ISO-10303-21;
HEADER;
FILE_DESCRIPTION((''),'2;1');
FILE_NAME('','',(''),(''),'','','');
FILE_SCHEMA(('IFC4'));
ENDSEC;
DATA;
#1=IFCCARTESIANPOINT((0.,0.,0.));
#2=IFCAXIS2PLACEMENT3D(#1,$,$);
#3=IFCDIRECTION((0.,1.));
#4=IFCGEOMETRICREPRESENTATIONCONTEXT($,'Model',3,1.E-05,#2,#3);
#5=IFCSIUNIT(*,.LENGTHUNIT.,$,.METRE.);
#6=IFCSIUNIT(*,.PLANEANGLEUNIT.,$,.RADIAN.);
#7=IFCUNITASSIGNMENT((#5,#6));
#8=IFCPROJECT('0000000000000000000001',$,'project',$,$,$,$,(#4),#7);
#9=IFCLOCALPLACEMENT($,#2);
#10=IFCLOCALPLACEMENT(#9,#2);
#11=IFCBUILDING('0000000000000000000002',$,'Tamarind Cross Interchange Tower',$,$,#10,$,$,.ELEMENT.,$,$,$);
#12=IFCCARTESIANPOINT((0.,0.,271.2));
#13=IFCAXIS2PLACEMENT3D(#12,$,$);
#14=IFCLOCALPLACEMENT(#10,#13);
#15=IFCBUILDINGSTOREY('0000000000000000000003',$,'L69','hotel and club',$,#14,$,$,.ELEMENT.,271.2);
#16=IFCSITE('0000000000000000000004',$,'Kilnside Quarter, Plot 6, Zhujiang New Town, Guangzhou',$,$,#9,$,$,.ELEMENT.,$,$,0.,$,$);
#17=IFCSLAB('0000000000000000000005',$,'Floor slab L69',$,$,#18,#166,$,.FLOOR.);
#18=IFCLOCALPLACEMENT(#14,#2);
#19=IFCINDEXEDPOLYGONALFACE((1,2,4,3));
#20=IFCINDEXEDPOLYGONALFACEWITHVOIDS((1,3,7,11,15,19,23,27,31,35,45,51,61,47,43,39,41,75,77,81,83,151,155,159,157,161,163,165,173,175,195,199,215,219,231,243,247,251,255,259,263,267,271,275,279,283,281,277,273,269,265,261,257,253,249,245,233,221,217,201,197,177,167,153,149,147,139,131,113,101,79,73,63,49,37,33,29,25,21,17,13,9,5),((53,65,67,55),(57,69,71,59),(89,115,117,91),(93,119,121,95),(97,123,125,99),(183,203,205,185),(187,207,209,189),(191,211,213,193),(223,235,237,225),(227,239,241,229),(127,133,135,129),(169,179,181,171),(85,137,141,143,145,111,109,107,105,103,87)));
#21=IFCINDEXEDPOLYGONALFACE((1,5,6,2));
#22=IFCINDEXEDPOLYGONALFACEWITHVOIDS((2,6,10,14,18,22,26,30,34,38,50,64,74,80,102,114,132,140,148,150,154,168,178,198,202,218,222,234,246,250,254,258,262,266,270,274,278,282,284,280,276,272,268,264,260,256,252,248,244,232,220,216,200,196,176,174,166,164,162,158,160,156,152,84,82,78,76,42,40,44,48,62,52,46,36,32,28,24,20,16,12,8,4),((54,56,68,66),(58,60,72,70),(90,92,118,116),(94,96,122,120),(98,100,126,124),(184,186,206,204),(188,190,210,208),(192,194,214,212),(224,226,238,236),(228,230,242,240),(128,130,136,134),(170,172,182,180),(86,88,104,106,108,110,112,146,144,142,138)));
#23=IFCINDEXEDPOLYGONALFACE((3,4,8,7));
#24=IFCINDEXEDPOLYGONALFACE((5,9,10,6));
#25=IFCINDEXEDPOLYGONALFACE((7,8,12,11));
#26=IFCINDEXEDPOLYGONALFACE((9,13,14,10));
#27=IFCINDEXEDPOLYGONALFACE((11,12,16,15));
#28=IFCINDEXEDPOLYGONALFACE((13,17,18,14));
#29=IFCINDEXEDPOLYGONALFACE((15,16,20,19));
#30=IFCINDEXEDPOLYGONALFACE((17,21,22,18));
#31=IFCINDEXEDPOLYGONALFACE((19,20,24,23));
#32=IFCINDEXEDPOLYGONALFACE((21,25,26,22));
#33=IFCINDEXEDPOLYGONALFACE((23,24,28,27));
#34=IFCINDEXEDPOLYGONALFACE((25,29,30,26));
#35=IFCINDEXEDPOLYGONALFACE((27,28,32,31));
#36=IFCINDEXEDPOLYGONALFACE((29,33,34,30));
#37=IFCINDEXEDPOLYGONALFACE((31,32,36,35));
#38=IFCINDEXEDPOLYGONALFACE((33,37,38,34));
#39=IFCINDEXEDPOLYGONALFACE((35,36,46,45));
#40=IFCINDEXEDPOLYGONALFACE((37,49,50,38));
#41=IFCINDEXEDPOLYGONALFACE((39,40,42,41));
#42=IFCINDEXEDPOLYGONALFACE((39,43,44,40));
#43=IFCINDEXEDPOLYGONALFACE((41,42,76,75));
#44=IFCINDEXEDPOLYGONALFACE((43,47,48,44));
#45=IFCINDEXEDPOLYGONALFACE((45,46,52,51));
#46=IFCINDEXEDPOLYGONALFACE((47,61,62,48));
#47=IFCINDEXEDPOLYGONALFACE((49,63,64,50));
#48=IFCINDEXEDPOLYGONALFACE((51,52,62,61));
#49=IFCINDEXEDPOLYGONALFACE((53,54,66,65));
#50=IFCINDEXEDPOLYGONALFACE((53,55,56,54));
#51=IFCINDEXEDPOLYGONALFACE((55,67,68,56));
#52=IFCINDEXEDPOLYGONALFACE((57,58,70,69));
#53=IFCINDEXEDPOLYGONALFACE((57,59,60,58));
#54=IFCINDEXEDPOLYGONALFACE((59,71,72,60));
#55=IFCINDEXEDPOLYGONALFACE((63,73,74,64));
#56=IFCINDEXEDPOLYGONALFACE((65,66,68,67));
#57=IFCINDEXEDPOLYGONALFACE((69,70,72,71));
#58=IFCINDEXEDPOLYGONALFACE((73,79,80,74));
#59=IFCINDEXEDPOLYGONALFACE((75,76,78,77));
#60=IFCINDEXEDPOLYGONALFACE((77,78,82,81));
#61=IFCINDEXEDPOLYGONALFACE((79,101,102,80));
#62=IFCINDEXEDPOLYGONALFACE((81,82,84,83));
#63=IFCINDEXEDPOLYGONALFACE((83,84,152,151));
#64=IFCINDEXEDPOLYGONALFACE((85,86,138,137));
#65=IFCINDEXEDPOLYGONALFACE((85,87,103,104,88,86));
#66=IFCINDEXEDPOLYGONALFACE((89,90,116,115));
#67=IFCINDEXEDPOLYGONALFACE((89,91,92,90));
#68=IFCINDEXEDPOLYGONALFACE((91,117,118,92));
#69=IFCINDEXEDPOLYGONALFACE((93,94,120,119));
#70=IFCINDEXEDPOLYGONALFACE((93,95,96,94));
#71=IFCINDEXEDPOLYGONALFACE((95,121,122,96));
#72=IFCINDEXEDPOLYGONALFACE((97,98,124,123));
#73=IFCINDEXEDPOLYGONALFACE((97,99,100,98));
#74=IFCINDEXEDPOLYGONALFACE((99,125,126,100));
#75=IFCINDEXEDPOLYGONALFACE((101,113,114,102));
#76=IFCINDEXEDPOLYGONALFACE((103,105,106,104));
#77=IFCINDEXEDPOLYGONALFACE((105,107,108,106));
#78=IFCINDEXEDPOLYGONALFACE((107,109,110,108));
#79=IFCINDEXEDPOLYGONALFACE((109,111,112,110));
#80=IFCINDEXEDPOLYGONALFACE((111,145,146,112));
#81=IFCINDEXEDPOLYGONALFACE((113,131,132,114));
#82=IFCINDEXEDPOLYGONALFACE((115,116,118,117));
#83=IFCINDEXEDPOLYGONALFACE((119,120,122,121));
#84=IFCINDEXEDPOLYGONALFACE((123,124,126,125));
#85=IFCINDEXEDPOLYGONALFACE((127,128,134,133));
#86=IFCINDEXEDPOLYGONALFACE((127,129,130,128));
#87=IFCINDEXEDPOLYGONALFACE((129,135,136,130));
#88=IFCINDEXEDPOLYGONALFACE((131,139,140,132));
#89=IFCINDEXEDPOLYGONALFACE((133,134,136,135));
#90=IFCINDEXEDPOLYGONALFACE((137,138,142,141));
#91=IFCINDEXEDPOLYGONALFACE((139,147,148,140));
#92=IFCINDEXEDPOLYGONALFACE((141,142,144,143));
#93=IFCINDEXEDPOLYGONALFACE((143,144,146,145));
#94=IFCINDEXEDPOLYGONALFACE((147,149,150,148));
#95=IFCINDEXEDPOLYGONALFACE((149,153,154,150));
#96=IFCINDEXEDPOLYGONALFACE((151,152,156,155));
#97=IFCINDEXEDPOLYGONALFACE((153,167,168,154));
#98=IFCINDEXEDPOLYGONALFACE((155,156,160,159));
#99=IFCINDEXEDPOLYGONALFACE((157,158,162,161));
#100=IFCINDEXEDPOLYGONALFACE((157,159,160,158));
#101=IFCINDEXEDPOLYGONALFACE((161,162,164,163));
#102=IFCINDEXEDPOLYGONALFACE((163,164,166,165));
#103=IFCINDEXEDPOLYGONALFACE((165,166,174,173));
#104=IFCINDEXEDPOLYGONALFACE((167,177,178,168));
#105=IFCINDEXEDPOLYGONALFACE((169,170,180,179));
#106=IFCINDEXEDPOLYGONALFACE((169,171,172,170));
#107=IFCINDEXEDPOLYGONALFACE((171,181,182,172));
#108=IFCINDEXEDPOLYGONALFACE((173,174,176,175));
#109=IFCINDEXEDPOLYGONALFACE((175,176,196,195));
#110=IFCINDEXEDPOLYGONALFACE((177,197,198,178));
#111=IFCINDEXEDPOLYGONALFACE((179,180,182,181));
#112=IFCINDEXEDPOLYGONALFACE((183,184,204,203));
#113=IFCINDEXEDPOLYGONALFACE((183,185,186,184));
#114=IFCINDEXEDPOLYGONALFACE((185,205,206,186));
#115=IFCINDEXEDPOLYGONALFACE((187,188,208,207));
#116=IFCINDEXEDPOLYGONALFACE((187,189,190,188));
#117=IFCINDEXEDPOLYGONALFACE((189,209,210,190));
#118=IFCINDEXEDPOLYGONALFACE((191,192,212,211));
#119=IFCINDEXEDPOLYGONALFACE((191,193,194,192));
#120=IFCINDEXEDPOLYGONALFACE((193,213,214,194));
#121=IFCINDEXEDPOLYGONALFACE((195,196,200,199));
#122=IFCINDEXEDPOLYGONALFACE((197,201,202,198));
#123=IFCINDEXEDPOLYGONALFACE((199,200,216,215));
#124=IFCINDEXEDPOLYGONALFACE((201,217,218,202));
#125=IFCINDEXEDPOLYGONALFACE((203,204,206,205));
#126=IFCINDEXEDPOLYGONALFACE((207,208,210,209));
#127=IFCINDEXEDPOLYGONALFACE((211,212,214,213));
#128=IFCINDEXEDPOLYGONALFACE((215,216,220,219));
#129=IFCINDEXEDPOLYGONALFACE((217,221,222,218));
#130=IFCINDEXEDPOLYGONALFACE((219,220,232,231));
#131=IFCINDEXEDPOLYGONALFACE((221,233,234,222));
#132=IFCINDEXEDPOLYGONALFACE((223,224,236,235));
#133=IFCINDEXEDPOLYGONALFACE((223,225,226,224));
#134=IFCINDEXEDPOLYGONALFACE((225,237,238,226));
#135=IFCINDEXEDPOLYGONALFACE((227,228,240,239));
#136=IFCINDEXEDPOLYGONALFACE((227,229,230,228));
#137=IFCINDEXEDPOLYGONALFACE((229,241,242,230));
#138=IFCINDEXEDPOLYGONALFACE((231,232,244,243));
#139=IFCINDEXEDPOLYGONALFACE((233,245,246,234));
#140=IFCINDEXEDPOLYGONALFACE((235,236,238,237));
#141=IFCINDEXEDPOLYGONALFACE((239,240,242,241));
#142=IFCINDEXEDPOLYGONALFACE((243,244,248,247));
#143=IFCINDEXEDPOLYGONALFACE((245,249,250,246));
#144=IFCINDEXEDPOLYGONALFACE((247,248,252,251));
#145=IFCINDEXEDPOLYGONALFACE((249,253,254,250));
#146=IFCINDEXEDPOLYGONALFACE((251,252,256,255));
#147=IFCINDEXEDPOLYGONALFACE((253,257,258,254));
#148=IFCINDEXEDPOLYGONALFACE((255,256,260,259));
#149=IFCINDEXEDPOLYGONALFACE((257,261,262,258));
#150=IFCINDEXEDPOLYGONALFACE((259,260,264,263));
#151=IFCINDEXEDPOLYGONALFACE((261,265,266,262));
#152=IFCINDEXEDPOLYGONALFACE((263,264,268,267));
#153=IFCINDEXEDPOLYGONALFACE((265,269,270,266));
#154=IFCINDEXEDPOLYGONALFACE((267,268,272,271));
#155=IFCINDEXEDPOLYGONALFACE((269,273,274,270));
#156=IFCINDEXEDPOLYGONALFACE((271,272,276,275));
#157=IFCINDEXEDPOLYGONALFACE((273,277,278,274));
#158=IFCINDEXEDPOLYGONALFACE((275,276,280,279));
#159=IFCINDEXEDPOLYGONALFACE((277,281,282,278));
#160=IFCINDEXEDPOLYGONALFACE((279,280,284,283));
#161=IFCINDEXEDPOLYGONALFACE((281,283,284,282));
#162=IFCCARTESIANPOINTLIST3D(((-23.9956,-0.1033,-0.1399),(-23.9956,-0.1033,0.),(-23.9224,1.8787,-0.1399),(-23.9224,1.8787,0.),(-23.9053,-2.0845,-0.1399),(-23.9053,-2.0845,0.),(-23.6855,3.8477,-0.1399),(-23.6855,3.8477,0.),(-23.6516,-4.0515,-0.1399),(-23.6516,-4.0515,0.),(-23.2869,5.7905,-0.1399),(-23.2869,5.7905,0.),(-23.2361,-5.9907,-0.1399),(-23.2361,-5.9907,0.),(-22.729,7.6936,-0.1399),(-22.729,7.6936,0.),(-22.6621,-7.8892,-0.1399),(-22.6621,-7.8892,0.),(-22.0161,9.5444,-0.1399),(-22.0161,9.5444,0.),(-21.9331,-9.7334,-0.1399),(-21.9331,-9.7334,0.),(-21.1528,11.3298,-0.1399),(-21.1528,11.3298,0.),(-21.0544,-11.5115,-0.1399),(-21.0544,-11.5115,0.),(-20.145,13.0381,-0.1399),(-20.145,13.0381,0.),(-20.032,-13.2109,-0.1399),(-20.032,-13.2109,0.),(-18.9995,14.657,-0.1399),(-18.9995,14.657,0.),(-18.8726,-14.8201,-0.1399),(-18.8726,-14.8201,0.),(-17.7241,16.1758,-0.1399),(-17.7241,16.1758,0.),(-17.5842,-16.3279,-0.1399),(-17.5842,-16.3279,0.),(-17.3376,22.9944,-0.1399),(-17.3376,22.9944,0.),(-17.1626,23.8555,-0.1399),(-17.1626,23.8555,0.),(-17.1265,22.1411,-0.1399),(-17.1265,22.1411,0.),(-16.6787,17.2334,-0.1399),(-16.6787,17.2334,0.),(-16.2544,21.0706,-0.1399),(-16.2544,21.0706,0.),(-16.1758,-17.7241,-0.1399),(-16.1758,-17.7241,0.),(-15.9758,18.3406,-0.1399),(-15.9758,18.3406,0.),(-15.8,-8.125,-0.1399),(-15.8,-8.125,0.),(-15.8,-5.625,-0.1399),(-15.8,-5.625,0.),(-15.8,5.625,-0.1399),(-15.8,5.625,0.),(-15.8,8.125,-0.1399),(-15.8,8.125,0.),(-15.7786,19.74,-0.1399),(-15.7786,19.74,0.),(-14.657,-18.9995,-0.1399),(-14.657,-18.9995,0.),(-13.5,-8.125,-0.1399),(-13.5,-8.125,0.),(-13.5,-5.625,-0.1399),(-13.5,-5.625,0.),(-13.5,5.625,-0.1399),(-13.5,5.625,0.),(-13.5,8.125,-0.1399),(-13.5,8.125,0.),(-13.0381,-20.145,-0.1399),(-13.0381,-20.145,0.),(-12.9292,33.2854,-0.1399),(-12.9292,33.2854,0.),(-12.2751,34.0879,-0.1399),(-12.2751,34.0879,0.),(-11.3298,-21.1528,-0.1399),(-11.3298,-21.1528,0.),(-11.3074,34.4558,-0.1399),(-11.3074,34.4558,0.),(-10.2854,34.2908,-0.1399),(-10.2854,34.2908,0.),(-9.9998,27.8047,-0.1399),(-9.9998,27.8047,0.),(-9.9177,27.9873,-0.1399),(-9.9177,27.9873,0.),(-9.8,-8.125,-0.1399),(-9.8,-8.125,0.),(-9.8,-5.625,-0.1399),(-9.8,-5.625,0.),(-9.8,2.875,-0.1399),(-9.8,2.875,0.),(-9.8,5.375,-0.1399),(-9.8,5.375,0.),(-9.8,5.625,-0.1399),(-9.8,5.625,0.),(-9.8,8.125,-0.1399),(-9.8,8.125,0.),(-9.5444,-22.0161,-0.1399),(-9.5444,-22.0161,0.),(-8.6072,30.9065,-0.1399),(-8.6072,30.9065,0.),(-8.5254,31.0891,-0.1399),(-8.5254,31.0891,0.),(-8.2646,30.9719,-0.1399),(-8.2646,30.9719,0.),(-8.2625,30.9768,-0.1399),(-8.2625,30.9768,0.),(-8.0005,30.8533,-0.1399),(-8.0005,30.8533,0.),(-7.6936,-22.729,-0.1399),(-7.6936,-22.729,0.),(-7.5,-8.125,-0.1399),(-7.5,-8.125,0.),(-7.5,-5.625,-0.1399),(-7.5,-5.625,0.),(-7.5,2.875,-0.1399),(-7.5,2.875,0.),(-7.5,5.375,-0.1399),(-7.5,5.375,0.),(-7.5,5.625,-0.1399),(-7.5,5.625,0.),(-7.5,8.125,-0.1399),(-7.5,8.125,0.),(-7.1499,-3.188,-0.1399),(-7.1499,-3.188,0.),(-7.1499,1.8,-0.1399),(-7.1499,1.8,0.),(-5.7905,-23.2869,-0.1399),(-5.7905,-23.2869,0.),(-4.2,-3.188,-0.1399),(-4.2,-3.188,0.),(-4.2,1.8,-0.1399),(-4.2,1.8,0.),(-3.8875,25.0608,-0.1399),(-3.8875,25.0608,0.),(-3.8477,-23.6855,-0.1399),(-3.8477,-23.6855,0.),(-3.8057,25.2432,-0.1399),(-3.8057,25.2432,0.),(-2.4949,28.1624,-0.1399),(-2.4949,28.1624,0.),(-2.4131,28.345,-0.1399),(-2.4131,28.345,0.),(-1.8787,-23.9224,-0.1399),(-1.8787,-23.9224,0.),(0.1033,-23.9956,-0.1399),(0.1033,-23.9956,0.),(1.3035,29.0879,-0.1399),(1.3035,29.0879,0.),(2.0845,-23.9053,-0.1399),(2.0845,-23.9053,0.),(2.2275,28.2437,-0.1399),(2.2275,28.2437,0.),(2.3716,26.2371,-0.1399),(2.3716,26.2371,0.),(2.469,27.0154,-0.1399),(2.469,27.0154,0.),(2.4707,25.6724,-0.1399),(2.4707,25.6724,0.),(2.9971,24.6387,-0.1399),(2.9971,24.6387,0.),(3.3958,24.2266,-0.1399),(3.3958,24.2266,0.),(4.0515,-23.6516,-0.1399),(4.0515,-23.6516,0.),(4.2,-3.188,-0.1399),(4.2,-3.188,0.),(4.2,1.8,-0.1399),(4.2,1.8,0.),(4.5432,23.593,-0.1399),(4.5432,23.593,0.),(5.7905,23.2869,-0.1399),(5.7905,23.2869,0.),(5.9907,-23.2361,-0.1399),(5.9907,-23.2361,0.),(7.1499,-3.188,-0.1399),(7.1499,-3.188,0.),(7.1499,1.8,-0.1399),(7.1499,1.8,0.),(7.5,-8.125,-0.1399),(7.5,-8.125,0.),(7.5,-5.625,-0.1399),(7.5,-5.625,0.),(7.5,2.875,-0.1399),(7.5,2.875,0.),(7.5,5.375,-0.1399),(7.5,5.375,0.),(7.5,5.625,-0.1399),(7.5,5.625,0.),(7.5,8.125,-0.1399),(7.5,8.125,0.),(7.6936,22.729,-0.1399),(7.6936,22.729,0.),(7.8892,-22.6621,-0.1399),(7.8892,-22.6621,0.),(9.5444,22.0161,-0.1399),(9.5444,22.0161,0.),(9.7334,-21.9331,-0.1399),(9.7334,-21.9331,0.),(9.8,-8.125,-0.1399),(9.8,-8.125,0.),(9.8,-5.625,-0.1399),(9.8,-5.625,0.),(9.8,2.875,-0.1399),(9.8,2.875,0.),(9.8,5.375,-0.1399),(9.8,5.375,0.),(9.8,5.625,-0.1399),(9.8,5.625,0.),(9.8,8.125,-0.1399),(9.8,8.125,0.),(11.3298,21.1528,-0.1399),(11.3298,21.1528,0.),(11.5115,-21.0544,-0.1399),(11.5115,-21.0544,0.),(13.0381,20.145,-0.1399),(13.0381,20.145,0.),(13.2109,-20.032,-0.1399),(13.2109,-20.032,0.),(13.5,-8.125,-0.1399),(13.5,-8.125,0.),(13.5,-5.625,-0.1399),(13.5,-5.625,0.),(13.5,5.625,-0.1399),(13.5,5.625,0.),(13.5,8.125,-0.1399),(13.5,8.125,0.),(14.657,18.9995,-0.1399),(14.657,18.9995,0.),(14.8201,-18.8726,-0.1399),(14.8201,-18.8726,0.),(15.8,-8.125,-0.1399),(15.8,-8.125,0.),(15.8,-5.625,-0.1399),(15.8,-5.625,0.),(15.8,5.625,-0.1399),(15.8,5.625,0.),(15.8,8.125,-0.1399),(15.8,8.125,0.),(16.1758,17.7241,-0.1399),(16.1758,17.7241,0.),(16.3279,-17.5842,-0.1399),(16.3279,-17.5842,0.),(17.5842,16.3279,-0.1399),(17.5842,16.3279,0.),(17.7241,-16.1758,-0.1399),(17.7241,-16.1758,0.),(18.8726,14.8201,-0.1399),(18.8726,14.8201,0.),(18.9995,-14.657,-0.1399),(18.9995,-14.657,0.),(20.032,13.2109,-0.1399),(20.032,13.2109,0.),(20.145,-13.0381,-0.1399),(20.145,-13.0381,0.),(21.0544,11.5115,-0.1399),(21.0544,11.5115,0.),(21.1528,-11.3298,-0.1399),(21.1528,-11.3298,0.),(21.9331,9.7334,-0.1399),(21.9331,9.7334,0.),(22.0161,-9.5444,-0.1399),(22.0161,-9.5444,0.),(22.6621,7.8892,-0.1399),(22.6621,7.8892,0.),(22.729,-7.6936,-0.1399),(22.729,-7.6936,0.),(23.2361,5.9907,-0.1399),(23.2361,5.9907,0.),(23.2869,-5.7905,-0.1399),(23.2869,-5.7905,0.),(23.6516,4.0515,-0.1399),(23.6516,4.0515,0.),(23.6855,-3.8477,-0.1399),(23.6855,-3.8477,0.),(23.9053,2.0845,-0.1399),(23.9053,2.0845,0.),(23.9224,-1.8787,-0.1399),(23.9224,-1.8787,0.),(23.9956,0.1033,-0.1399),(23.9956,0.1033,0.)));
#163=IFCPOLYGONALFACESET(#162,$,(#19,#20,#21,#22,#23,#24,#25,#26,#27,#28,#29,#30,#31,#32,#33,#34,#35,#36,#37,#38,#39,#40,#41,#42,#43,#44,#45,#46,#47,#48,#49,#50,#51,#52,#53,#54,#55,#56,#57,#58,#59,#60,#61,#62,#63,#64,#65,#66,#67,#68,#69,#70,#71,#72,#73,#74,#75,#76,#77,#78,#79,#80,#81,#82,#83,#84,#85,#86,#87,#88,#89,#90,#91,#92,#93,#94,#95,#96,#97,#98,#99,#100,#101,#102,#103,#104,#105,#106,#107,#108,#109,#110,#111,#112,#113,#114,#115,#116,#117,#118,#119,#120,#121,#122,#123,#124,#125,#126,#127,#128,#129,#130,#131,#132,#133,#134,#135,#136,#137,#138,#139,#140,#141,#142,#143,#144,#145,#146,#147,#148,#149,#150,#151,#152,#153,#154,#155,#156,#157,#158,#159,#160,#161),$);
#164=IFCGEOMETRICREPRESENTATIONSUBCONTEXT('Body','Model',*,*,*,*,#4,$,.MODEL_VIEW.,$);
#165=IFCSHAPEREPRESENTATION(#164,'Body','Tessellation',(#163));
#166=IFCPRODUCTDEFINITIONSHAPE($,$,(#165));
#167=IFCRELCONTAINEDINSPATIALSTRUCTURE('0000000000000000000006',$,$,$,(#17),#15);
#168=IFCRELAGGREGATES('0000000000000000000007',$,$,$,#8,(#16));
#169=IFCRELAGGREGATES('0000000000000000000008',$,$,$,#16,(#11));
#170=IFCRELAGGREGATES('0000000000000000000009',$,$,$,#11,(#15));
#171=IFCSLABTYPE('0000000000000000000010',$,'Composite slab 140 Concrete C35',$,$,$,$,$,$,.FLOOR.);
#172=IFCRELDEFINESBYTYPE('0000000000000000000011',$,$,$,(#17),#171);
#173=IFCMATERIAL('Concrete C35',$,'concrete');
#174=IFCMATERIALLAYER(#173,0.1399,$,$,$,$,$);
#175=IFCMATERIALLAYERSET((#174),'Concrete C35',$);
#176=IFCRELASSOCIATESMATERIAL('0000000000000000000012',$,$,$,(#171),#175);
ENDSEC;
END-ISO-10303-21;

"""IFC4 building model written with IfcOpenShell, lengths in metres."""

from ifc_helpers import new_model, si_unit, direction, frame, origin, place, context, subcontext, project, spatial, polyline, outline, extrude, material, layer, layer_set, type_object, element, save


model = new_model("IFC4")

# Units and contexts
model_context = context("Model", 3, precision=1e-05, world=origin(), true_north=direction((0.0, 1.0)))
body_context = subcontext(model_context, "Body", "Model", "MODEL_VIEW")
ifc_project = project(units=[si_unit("LENGTHUNIT", "METRE"), si_unit("PLANEANGLEUNIT", "RADIAN")], contexts=[model_context])

# Site, building, storey
site_placement = place(None, origin())
site = spatial("IfcSite", under=ifc_project, at=site_placement, Name="Kilnside Quarter, Plot 6, Zhujiang New Town, Guangzhou", CompositionType="ELEMENT", RefElevation=0.0)
building_placement = place(site_placement, origin())
building = spatial("IfcBuilding", under=site, at=building_placement, Name="Tamarind Cross Interchange Tower", CompositionType="ELEMENT")
storey_placement = place(building_placement, frame((0.0, 0.0, 271.2)))
storey = spatial("IfcBuildingStorey", under=building, at=storey_placement, Name="L69", Description="hotel and club", CompositionType="ELEMENT", Elevation=271.2)

# Slab
ifc_material_1 = material(Name="Concrete C35", Category="concrete")
ifc_layer_1 = layer(ifc_material_1, 0.1399)
ifc_layer_set_1 = layer_set([ifc_layer_1], Name="Concrete C35")
slab_type = type_object("IfcSlabType", Name="Composite slab 140 Concrete C35", PredefinedType="FLOOR", material=ifc_layer_set_1)
slab_1_placement = place(storey_placement, frame((0.0, 0.0, -0.1399)))
element("IfcSlab", 1, at=slab_1_placement, inside=storey, type_object=slab_type, Name="Floor slab L69", PredefinedType="FLOOR", context=body_context, shape_type="SweptSolid", body=[
    extrude(outline(polyline([(2.2275, 28.2437), (1.3035, 29.0879), (-10.2854, 34.2908), (-11.3074, 34.4558), (-12.2751, 34.0879), (-12.9292, 33.2854), (-17.1626, 23.8555), (-17.3376, 22.9944), (-17.1265, 22.1411), (-16.2544, 21.0706), (-15.7786, 19.74), (-15.9758, 18.3406), (-16.6787, 17.2334), (-17.7241, 16.1758), (-18.9995, 14.657), (-20.145, 13.0381), (-21.1528, 11.3298), (-22.0161, 9.5444), (-22.729, 7.6936), (-23.2869, 5.7905), (-23.6855, 3.8477), (-23.9224, 1.8787), (-23.9956, -0.1033), (-23.9053, -2.0845), (-23.6516, -4.0515), (-23.2361, -5.9907), (-22.6621, -7.8892), (-21.9331, -9.7334), (-21.0544, -11.5115), (-20.032, -13.2109), (-18.8726, -14.8201), (-17.5842, -16.3279), (-16.1758, -17.7241), (-14.657, -18.9995), (-13.0381, -20.145), (-11.3298, -21.1528), (-9.5444, -22.0161), (-7.6936, -22.729), (-5.7905, -23.2869), (-3.8477, -23.6855), (-1.8787, -23.9224), (0.1033, -23.9956), (2.0845, -23.9053), (4.0515, -23.6516), (5.9907, -23.2361), (7.8892, -22.6621), (9.7334, -21.9331), (11.5115, -21.0544), (13.2109, -20.032), (14.8201, -18.8726), (16.3279, -17.5842), (17.7241, -16.1758), (18.9995, -14.657), (20.145, -13.0381), (21.1528, -11.3298), (22.0161, -9.5444), (22.729, -7.6936), (23.2869, -5.7905), (23.6855, -3.8477), (23.9224, -1.8787), (23.9956, 0.1033), (23.9053, 2.0845), (23.6516, 4.0515), (23.2361, 5.9907), (22.6621, 7.8892), (21.9331, 9.7334), (21.0544, 11.5115), (20.032, 13.2109), (18.8726, 14.8201), (17.5842, 16.3279), (16.1758, 17.7241), (14.657, 18.9995), (13.0381, 20.145), (11.3298, 21.1528), (9.5444, 22.0161), (7.6936, 22.729), (5.7905, 23.2869), (4.5432, 23.593), (3.3958, 24.2266), (2.9971, 24.6387), (2.4707, 25.6724), (2.3716, 26.2371), (2.469, 27.0154), (2.2275, 28.2437)]), holes=[polyline([(-13.5, -5.625), (-13.5, -8.125), (-15.8, -8.125), (-15.8, -5.625), (-13.5, -5.625)]), polyline([(-7.5, -5.625), (-7.5, -8.125), (-9.8, -8.125), (-9.8, -5.625), (-7.5, -5.625)]), polyline([(-7.1499, 1.8), (-4.2, 1.8), (-4.2, -3.188), (-7.1499, -3.188), (-7.1499, 1.8)]), polyline([(-7.5, 5.375), (-7.5, 2.875), (-9.8, 2.875), (-9.8, 5.375), (-7.5, 5.375)]), polyline([(-13.5, 8.125), (-13.5, 5.625), (-15.8, 5.625), (-15.8, 8.125), (-13.5, 8.125)]), polyline([(-7.5, 8.125), (-7.5, 5.625), (-9.8, 5.625), (-9.8, 8.125), (-7.5, 8.125)]), polyline([(-3.8875, 25.0608), (-9.9998, 27.8047), (-9.9177, 27.9873), (-8.6072, 30.9065), (-8.5254, 31.0891), (-8.2646, 30.9719), (-8.2625, 30.9768), (-8.0005, 30.8533), (-2.4131, 28.345), (-2.4949, 28.1624), (-3.8057, 25.2432), (-3.8875, 25.0608)]), polyline([(7.5, -8.125), (7.5, -5.625), (9.8, -5.625), (9.8, -8.125), (7.5, -8.125)]), polyline([(13.5, -8.125), (13.5, -5.625), (15.8, -5.625), (15.8, -8.125), (13.5, -8.125)]), polyline([(4.2, 1.8), (7.1499, 1.8), (7.1499, -3.188), (4.2, -3.188), (4.2, 1.8)]), polyline([(7.5, 2.875), (7.5, 5.375), (9.8, 5.375), (9.8, 2.875), (7.5, 2.875)]), polyline([(7.5, 5.625), (7.5, 8.125), (9.8, 8.125), (9.8, 5.625), (7.5, 5.625)]), polyline([(13.5, 5.625), (13.5, 8.125), (15.8, 8.125), (15.8, 5.625), (13.5, 5.625)])]), origin(), (0.0, 0.0, 1.0), 0.1399),
])

save(model, "model.ifc")
